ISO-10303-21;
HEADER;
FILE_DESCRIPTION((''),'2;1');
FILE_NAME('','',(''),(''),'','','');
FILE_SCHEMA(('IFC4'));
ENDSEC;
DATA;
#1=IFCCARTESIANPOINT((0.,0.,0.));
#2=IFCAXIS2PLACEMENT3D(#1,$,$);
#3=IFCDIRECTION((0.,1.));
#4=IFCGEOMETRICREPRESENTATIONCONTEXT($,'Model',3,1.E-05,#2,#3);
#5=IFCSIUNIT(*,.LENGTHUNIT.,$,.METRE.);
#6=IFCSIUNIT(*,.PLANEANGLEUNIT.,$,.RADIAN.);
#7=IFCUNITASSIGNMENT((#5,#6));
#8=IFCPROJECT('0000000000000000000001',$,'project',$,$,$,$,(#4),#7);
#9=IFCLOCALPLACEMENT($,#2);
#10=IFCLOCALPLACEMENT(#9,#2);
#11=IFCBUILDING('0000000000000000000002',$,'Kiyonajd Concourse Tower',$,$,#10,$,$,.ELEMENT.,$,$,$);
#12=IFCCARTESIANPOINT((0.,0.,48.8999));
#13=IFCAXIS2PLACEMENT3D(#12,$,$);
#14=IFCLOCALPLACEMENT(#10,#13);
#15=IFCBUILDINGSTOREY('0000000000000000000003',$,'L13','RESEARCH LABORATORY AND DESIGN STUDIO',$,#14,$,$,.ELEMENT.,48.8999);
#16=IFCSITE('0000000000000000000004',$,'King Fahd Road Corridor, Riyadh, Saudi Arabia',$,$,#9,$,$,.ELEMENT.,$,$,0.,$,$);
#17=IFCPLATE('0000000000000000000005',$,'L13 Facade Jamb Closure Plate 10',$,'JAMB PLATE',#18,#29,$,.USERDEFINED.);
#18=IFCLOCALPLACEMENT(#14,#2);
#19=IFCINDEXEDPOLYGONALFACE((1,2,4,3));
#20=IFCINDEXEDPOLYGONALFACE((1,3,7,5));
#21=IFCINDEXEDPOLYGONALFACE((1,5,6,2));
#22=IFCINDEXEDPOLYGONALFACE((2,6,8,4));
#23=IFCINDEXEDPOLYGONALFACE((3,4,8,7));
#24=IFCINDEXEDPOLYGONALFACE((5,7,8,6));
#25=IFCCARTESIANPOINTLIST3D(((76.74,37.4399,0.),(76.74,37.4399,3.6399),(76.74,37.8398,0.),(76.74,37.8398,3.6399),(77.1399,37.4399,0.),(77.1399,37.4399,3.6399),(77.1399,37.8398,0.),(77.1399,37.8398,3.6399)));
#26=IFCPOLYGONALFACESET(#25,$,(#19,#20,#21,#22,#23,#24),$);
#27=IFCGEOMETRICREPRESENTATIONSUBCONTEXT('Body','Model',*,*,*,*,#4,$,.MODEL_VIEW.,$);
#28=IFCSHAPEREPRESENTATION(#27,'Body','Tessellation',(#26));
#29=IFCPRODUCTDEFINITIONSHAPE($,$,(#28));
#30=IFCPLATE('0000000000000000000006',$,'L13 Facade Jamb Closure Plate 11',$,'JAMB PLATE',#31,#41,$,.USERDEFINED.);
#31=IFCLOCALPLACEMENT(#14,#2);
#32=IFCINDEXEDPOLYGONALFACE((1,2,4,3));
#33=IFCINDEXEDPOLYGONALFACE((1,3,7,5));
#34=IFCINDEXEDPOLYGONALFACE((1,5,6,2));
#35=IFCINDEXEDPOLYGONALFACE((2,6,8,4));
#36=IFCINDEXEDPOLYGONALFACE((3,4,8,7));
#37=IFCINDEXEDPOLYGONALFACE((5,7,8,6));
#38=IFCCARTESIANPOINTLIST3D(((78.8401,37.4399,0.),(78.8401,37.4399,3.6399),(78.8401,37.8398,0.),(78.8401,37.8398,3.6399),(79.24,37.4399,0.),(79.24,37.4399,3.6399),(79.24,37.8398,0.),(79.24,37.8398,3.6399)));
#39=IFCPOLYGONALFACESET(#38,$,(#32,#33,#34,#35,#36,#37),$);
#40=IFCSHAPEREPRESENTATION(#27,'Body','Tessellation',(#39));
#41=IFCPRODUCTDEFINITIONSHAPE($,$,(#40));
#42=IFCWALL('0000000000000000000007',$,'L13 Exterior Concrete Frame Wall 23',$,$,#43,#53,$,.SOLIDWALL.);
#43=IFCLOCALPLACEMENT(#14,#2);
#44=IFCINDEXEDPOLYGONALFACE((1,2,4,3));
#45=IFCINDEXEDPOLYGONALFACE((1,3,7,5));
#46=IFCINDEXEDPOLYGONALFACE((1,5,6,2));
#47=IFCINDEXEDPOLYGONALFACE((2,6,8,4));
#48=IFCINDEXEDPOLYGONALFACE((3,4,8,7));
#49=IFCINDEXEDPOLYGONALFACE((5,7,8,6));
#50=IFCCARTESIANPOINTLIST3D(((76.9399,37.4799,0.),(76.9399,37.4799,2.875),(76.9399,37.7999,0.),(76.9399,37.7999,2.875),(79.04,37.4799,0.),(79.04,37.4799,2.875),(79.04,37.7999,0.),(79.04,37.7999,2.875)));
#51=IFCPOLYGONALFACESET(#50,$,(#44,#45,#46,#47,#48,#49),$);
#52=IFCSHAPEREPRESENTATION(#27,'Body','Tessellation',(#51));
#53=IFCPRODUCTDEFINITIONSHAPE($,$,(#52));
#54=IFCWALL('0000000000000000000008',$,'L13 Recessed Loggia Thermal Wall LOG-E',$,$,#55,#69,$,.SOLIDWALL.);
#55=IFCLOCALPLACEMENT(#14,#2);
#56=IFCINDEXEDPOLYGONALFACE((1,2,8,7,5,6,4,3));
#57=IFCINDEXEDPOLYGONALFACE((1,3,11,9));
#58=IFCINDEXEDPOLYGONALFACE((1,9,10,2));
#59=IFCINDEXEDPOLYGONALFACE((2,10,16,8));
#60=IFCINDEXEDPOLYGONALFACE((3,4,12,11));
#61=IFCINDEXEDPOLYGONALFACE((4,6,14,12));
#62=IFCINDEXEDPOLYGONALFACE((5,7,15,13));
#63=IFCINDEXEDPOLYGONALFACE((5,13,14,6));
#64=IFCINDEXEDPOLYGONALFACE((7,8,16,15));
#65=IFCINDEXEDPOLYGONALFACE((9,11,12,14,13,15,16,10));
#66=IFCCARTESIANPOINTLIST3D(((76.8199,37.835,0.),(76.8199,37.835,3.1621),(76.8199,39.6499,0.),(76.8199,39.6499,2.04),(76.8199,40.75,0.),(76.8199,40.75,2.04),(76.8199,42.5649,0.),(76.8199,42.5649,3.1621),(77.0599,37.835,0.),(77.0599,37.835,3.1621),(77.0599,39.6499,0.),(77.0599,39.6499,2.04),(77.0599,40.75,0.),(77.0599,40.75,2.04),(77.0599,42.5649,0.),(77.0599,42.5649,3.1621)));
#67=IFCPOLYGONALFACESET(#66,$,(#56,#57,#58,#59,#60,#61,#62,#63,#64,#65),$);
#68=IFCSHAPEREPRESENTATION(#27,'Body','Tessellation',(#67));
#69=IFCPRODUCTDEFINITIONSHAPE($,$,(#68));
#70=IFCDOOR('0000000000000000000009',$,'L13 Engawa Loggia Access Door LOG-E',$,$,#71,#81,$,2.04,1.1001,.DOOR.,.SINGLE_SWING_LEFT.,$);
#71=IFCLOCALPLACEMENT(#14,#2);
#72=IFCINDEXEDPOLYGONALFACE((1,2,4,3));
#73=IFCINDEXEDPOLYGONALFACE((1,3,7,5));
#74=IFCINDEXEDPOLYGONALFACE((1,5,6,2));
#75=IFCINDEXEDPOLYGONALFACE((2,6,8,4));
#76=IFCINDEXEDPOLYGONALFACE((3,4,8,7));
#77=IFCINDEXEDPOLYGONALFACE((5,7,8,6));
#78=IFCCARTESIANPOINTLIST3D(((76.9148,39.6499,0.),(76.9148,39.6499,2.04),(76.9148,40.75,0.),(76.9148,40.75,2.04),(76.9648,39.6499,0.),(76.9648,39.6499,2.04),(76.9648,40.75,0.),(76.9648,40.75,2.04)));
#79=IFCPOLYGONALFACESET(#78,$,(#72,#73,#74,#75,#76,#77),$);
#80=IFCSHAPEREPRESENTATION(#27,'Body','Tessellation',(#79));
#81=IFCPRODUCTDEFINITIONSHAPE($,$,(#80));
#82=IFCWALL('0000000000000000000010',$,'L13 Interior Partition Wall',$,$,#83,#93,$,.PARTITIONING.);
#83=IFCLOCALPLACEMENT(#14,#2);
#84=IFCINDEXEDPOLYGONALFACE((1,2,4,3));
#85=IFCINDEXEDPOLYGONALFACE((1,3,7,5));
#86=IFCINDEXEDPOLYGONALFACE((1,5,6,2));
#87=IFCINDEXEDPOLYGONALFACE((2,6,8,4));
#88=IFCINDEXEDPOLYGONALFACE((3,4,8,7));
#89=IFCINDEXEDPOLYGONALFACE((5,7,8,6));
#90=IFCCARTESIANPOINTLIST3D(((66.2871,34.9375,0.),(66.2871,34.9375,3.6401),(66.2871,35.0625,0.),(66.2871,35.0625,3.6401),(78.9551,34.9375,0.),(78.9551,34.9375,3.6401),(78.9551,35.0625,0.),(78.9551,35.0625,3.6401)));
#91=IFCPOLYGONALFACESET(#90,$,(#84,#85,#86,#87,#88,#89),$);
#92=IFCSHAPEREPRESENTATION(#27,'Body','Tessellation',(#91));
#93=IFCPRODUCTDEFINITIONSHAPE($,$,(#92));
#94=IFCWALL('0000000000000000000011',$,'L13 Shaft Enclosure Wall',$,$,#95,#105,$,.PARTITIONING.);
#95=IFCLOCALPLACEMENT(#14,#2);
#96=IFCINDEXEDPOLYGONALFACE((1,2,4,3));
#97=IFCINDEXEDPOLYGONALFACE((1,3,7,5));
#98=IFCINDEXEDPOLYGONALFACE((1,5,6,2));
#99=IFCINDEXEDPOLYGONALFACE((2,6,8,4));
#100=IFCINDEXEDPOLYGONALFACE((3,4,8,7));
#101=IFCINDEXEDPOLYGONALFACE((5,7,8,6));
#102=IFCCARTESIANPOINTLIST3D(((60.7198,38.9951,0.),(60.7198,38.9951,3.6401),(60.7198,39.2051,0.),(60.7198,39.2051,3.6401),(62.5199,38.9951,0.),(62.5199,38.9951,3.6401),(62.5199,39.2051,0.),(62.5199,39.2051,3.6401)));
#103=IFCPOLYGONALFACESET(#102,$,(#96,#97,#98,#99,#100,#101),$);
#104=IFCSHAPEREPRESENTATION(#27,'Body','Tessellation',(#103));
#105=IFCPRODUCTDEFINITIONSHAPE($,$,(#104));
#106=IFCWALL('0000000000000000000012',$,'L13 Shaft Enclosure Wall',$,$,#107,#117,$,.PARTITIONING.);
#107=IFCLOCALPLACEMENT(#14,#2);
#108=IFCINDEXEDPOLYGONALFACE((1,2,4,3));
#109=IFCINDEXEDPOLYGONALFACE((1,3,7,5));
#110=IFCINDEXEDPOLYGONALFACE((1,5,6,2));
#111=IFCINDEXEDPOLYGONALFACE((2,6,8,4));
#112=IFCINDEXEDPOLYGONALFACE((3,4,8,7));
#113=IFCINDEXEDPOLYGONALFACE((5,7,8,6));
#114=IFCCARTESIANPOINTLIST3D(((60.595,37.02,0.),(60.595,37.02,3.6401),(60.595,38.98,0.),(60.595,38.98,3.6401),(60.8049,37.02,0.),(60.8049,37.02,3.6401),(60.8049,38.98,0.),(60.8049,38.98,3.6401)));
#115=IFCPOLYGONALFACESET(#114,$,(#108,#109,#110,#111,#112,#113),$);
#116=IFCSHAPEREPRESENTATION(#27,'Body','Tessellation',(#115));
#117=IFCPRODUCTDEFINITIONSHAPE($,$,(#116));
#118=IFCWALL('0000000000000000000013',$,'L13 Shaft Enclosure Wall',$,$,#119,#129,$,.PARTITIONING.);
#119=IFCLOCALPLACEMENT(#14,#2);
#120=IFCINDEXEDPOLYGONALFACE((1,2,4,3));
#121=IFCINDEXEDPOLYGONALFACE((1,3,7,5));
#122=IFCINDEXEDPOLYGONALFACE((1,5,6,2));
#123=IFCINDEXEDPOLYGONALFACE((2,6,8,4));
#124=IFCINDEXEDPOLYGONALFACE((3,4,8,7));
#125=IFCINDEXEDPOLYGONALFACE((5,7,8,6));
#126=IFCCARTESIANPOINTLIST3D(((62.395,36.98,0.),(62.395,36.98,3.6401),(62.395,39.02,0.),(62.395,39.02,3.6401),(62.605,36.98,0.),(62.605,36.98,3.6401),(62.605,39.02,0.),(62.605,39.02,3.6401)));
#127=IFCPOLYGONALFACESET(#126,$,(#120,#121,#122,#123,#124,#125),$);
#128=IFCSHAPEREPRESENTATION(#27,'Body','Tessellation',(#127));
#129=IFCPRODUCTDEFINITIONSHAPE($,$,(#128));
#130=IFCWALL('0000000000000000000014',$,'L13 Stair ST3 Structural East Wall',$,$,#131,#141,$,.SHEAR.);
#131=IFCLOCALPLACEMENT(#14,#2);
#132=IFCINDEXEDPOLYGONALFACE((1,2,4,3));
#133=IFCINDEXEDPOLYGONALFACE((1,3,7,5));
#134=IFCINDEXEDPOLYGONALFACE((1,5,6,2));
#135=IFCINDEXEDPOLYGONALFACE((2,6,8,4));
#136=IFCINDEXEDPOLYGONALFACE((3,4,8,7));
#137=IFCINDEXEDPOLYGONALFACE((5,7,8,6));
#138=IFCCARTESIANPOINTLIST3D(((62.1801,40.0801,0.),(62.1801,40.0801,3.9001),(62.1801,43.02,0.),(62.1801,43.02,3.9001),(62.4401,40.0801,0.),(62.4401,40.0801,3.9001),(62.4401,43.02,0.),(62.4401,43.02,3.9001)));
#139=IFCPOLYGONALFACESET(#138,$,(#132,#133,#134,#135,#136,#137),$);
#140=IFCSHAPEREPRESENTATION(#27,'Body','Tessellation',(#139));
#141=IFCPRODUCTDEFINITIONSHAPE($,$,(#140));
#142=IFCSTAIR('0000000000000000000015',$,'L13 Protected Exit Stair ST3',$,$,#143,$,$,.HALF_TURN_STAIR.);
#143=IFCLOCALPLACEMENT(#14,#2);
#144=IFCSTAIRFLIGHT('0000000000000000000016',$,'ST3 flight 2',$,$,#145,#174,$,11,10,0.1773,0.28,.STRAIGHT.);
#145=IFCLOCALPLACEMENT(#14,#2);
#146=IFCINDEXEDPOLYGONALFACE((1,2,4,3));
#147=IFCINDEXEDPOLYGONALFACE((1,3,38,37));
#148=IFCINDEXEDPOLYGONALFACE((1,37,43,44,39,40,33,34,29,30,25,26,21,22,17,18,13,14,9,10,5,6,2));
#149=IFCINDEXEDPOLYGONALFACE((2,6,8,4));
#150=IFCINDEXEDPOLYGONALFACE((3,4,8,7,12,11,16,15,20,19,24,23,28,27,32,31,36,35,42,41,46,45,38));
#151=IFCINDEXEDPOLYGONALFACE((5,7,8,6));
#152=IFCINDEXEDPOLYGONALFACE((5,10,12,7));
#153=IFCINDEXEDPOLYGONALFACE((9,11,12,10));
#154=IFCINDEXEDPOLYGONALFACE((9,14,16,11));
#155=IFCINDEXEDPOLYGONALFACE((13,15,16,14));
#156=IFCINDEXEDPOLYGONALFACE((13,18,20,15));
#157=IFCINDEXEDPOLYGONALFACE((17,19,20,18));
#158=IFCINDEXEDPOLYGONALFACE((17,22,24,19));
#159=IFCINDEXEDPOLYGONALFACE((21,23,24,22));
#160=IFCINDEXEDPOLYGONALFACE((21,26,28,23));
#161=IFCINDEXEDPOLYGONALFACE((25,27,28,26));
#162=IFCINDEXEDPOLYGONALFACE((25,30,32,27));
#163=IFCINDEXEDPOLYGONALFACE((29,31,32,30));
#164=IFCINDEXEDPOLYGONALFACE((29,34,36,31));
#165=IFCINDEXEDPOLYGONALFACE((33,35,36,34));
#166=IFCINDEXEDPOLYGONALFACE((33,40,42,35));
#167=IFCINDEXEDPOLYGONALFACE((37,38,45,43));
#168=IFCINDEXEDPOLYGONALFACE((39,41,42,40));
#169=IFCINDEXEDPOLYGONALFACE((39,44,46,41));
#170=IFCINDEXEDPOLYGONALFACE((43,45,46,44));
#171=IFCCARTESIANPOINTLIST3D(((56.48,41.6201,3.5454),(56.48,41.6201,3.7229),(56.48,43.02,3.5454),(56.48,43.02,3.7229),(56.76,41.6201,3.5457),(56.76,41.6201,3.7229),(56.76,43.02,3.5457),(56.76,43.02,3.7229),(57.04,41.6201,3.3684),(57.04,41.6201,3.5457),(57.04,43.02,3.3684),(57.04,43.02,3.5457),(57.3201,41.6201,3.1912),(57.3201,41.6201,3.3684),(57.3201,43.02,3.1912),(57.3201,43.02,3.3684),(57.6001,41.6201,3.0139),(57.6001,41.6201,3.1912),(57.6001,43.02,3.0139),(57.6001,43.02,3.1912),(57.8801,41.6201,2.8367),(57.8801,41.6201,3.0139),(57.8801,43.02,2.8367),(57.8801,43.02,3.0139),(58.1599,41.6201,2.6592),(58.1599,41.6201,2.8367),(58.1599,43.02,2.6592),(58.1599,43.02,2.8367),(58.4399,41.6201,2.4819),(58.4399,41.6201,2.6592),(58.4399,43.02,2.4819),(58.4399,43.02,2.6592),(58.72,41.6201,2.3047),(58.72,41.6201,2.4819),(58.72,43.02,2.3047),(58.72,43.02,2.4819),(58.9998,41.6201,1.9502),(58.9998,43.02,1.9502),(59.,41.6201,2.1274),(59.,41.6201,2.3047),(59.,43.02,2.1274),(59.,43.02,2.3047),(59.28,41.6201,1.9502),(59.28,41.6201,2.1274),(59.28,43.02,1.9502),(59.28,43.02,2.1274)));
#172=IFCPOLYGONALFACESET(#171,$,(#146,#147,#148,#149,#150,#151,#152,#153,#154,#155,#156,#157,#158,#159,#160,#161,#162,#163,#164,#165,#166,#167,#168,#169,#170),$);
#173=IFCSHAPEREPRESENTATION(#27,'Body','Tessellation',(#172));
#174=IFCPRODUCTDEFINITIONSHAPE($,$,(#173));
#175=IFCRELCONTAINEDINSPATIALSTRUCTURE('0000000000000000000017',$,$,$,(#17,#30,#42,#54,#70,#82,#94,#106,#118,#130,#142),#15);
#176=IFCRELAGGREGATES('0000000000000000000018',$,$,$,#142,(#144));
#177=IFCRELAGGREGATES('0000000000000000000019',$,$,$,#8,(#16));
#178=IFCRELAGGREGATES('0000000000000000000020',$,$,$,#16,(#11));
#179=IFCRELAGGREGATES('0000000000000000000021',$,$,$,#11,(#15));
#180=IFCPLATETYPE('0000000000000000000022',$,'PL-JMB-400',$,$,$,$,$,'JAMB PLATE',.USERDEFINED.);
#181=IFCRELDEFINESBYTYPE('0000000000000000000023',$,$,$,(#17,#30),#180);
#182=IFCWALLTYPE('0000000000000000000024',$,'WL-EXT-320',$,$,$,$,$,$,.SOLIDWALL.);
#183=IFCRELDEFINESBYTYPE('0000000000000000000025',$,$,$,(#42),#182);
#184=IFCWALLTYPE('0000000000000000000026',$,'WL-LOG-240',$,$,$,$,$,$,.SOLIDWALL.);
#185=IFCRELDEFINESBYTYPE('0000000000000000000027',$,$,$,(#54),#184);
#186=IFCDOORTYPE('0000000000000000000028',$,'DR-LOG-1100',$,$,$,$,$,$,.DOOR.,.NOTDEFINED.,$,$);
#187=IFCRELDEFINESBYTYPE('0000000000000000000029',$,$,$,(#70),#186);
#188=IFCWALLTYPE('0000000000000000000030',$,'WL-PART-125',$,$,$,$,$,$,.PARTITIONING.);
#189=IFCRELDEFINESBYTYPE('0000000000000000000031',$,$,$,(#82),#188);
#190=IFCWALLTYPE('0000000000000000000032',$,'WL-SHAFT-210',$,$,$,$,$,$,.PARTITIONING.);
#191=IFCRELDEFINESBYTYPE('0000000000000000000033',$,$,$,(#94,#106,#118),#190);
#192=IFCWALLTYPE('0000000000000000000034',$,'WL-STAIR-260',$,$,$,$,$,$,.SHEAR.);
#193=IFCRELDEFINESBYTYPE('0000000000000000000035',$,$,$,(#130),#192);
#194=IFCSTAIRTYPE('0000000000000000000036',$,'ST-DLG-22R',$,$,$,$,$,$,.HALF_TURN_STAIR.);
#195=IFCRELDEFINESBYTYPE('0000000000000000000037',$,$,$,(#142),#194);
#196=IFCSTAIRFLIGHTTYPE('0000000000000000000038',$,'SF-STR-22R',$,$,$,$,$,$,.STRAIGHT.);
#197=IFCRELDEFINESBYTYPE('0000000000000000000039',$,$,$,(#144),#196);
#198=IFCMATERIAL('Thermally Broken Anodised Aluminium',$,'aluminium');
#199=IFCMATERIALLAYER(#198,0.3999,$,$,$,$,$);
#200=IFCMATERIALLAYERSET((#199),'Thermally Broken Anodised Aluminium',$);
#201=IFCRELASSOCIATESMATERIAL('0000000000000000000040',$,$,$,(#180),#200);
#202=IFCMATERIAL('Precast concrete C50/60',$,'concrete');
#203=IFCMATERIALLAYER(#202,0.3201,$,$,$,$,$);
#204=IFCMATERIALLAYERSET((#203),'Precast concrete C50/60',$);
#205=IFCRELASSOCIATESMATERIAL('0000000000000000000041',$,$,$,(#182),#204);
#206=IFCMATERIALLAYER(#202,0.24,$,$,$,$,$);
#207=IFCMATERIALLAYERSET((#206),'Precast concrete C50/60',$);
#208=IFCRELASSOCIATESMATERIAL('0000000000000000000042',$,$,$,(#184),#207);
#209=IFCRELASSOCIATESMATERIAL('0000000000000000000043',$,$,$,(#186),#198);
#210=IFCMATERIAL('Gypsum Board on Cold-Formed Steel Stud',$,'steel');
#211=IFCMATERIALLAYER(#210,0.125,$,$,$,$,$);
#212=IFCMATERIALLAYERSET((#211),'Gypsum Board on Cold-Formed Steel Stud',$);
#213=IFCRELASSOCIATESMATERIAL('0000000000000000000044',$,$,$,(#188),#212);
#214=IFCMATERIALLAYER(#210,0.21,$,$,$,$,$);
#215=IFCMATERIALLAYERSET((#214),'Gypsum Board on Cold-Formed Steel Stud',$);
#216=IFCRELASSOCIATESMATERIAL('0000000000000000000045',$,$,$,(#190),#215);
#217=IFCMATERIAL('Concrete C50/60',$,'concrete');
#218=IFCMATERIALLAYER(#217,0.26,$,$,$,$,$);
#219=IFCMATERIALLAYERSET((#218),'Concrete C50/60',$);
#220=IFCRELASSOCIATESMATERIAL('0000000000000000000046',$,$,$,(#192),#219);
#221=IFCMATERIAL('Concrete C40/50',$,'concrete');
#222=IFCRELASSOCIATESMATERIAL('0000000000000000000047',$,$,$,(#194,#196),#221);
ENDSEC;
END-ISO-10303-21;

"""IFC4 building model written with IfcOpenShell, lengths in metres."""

from ifc_helpers import new_model, si_unit, direction, frame, frame_2d, origin, origin_2d, place, context, subcontext, project, spatial, polyline, rectangle, outline, extrude, material, layer, layer_set, type_object, element, fill, aggregate, save


model = new_model("IFC4")

# Units and contexts
model_context = context("Model", 3, precision=1e-05, world=origin(), true_north=direction((0.0, 1.0)))
body_context = subcontext(model_context, "Body", "Model", "MODEL_VIEW")
ifc_project = project(units=[si_unit("LENGTHUNIT", "METRE"), si_unit("PLANEANGLEUNIT", "RADIAN")], contexts=[model_context])

# Site, building, storey
site_placement = place(None, origin())
site = spatial("IfcSite", under=ifc_project, at=site_placement, Name="King Fahd Road Corridor, Riyadh, Saudi Arabia", CompositionType="ELEMENT", RefElevation=0.0)
building_placement = place(site_placement, origin())
building = spatial("IfcBuilding", under=site, at=building_placement, Name="Kiyonajd Concourse Tower", CompositionType="ELEMENT")
storey_placement = place(building_placement, frame((0.0, 0.0, 48.8999)))
storey = spatial("IfcBuildingStorey", under=building, at=storey_placement, Name="L13", Description="RESEARCH LABORATORY AND DESIGN STUDIO", CompositionType="ELEMENT", Elevation=48.8999)

# Shared definitions
ifc_material_1 = material(Name="Precast concrete C50/60", Category="concrete")

# Shared definitions
ifc_material_2 = material(Name="Thermally Broken Anodised Aluminium", Category="aluminium")

# Plates
ifc_layer_1 = layer(ifc_material_2, 0.3999)
ifc_layer_set_1 = layer_set([ifc_layer_1], Name="Thermally Broken Anodised Aluminium")
plate_type_1 = type_object("IfcPlateType", Name="PL-JMB-400", ElementType="JAMB PLATE", PredefinedType="USERDEFINED", material=ifc_layer_set_1)
for number, where, z_axis, x_axis, name in (
    (1, (76.9399, 37.6399, 0.0), (0.0, 0.0, 1.0), (1.0, 0.0, 0.0), "L13 Facade Jamb Closure Plate 10"),
    (2, (79.04, 37.6399, 0.0), (0.0, 0.0, 1.0), (1.0, 0.0, 0.0), "L13 Facade Jamb Closure Plate 11"),
):
    element("IfcPlate", number, at=place(storey_placement, frame(where, z_axis=z_axis, x_axis=x_axis)), inside=storey, type_object=plate_type_1, Name=name, ObjectType="JAMB PLATE", PredefinedType="USERDEFINED", context=body_context, shape_type="SweptSolid", body=[
        extrude(rectangle(XDim=0.3999, YDim=0.3999, at=origin_2d()), origin(), (0.0, 0.0, 1.0), 3.6399),
    ])

# Wall
ifc_layer_2 = layer(ifc_material_1, 0.3201)
ifc_layer_set_2 = layer_set([ifc_layer_2], Name="Precast concrete C50/60")
wall_type_1 = type_object("IfcWallType", Name="WL-EXT-320", PredefinedType="SOLIDWALL", material=ifc_layer_set_2)
wall_1_placement = place(storey_placement, frame((76.9399, 37.6399, 0.0), z_axis=(0.0, 0.0, 1.0), x_axis=(1.0, 0.0, 0.0)))
element("IfcWall", 3, at=wall_1_placement, inside=storey, type_object=wall_type_1, Name="L13 Exterior Concrete Frame Wall 23", PredefinedType="SOLIDWALL", context=body_context, shape_type="SweptSolid", body=[
    extrude(rectangle(XDim=2.1001, YDim=0.3201, at=frame_2d((1.05, 0.0))), origin(), (0.0, 0.0, 1.0), 2.875),
])

# Wall, opening, door
ifc_layer_3 = layer(ifc_material_1, 0.24)
ifc_layer_set_3 = layer_set([ifc_layer_3], Name="Precast concrete C50/60")
wall_type_2 = type_object("IfcWallType", Name="WL-LOG-240", PredefinedType="SOLIDWALL", material=ifc_layer_set_3)
wall_2_placement = place(storey_placement, frame((76.9399, 42.5649, 0.0), z_axis=(0.0, 0.0, 1.0), x_axis=(0.0, -1.0, 0.0)))
wall_2 = element("IfcWall", 4, at=wall_2_placement, inside=storey, type_object=wall_type_2, Name="L13 Recessed Loggia Thermal Wall LOG-E", PredefinedType="SOLIDWALL", context=body_context, shape_type="SweptSolid", body=[
    extrude(rectangle(XDim=4.73, YDim=0.24, at=frame_2d((2.365, 0.0))), origin(), (0.0, 0.0, 1.0), 3.1621),
])
opening_placement = place(wall_2_placement, frame((1.8149, 0.0, 0.0)))
opening = element("IfcOpeningElement", 5, at=opening_placement, cuts=wall_2, PredefinedType="OPENING", context=body_context, shape_type="SweptSolid", body=[
    extrude(rectangle(XDim=1.1001, YDim=2.04, at=frame_2d((0.55, 1.02))), frame((0.0, 0.1299, 0.0), z_axis=(0.0, -1.0, 0.0), x_axis=(1.0, 0.0, 0.0)), (0.0, 0.0, 1.0), 0.26),
])
door_type = type_object("IfcDoorType", Name="DR-LOG-1100", OperationType="NOTDEFINED", PredefinedType="DOOR", material=ifc_material_2)
door_placement = place(opening_placement, origin())
door = element("IfcDoor", 6, at=door_placement, inside=storey, type_object=door_type, Name="L13 Engawa Loggia Access Door LOG-E", OperationType="SINGLE_SWING_LEFT", OverallHeight=2.04, OverallWidth=1.1001, PredefinedType="DOOR", context=body_context, shape_type="SweptSolid", body=[
    extrude(rectangle(XDim=1.1001, YDim=2.04, at=frame_2d((0.55, 1.02))), frame((0.0, 0.0249, 0.0), z_axis=(0.0, -1.0, 0.0), x_axis=(1.0, 0.0, 0.0)), (0.0, 0.0, 1.0), 0.05),
])
fill(opening, door)

# Walls
ifc_material_3 = material(Name="Gypsum Board on Cold-Formed Steel Stud", Category="steel")
ifc_layer_4 = layer(ifc_material_3, 0.125)
ifc_layer_set_4 = layer_set([ifc_layer_4], Name="Gypsum Board on Cold-Formed Steel Stud")
wall_type_3 = type_object("IfcWallType", Name="WL-PART-125", PredefinedType="PARTITIONING", material=ifc_layer_set_4)
wall_3_placement = place(storey_placement, frame((66.2871, 35.0, 0.0), z_axis=(0.0, 0.0, 1.0), x_axis=(1.0, 0.0, 0.0)))
element("IfcWall", 7, at=wall_3_placement, inside=storey, type_object=wall_type_3, Name="L13 Interior Partition Wall", PredefinedType="PARTITIONING", context=body_context, shape_type="SweptSolid", body=[
    extrude(rectangle(XDim=12.668, YDim=0.125, at=frame_2d((6.334, 0.0))), origin(), (0.0, 0.0, 1.0), 3.6401),
])
ifc_layer_5 = layer(ifc_material_3, 0.21)
ifc_layer_set_5 = layer_set([ifc_layer_5], Name="Gypsum Board on Cold-Formed Steel Stud")
wall_type_4 = type_object("IfcWallType", Name="WL-SHAFT-210", PredefinedType="PARTITIONING", material=ifc_layer_set_5)
wall_4_placement = place(storey_placement, frame((60.72, 39.1001, 0.0), z_axis=(0.0, 0.0, 1.0), x_axis=(1.0, 0.0, 0.0)))
element("IfcWall", 8, at=wall_4_placement, inside=storey, type_object=wall_type_4, Name="L13 Shaft Enclosure Wall", PredefinedType="PARTITIONING", context=body_context, shape_type="SweptSolid", body=[
    extrude(rectangle(XDim=1.8, YDim=0.21, at=frame_2d((0.8999, 0.0))), origin(), (0.0, 0.0, 1.0), 3.6401),
])
wall_5_placement = place(storey_placement, frame((60.7, 37.02, 0.0), z_axis=(0.0, 0.0, 1.0), x_axis=(0.0, 1.0, 0.0)))
element("IfcWall", 9, at=wall_5_placement, inside=storey, type_object=wall_type_4, Name="L13 Shaft Enclosure Wall", PredefinedType="PARTITIONING", context=body_context, shape_type="SweptSolid", body=[
    extrude(rectangle(XDim=1.96, YDim=0.21, at=frame_2d((0.98, 0.0))), origin(), (0.0, 0.0, 1.0), 3.6401),
])
wall_6_placement = place(storey_placement, frame((62.5, 36.98, 0.0), z_axis=(0.0, 0.0, 1.0), x_axis=(0.0, 1.0, 0.0)))
element("IfcWall", 10, at=wall_6_placement, inside=storey, type_object=wall_type_4, Name="L13 Shaft Enclosure Wall", PredefinedType="PARTITIONING", context=body_context, shape_type="SweptSolid", body=[
    extrude(rectangle(XDim=2.04, YDim=0.21, at=frame_2d((1.02, 0.0))), origin(), (0.0, 0.0, 1.0), 3.6401),
])
ifc_material_4 = material(Name="Concrete C50/60", Category="concrete")
ifc_layer_6 = layer(ifc_material_4, 0.26)
ifc_layer_set_6 = layer_set([ifc_layer_6], Name="Concrete C50/60")
wall_type_5 = type_object("IfcWallType", Name="WL-STAIR-260", PredefinedType="SHEAR", material=ifc_layer_set_6)
wall_7_placement = place(storey_placement, frame((62.3101, 40.0801, 0.0), z_axis=(0.0, 0.0, 1.0), x_axis=(0.0, 1.0, 0.0)))
element("IfcWall", 11, at=wall_7_placement, inside=storey, type_object=wall_type_5, Name="L13 Stair ST3 Structural East Wall", PredefinedType="SHEAR", context=body_context, shape_type="SweptSolid", body=[
    extrude(rectangle(XDim=2.9399, YDim=0.26, at=frame_2d((1.47, 0.0))), origin(), (0.0, 0.0, 1.0), 3.9001),
])

# Stair, stair flight
ifc_material_5 = material(Name="Concrete C40/50", Category="concrete")
stair_type = type_object("IfcStairType", Name="ST-DLG-22R", PredefinedType="HALF_TURN_STAIR", material=ifc_material_5)
stair_placement = place(storey_placement, origin())
stair = element("IfcStair", 12, at=stair_placement, inside=storey, type_object=stair_type, Name="L13 Protected Exit Stair ST3", PredefinedType="HALF_TURN_STAIR")
stair_flight_type = type_object("IfcStairFlightType", Name="SF-STR-22R", PredefinedType="STRAIGHT", material=ifc_material_5)
stair_flight_placement = place(storey_placement, frame((59.28, 42.3201, 1.9502), z_axis=(0.0, 0.0, 1.0), x_axis=(-1.0, 0.0, 0.0)))
stair_flight = element("IfcStairFlight", 13, at=stair_flight_placement, type_object=stair_flight_type, Name="ST3 flight 2", NumberOfRisers=11, NumberOfTreads=10, PredefinedType="STRAIGHT", RiserHeight=0.1773, TreadLength=0.28, context=body_context, shape_type="SweptSolid", body=[
    extrude(outline(polyline([(0.0, 0.0), (0.0, 0.1772), (0.28, 0.1772), (0.28, 0.3545), (0.5601, 0.3545), (0.5601, 0.5317), (0.8401, 0.5317), (0.8401, 0.709), (1.1201, 0.709), (1.1201, 0.8865), (1.3999, 0.8865), (1.3999, 1.0637), (1.6799, 1.0637), (1.6799, 1.241), (1.96, 1.241), (1.96, 1.4182), (2.24, 1.4182), (2.24, 1.5955), (2.52, 1.5955), (2.52, 1.7727), (2.8, 1.7727), (2.8, 1.95), (2.8, 1.5952), (0.2803, 0.0), (0.0, 0.0)])), frame((0.0, 0.7, 0.0), z_axis=(0.0, -1.0, 0.0), x_axis=(1.0, 0.0, 0.0)), (0.0, 0.0, 1.0), 1.3999),
])
aggregate(stair, [stair_flight])

save(model, "model.ifc")
